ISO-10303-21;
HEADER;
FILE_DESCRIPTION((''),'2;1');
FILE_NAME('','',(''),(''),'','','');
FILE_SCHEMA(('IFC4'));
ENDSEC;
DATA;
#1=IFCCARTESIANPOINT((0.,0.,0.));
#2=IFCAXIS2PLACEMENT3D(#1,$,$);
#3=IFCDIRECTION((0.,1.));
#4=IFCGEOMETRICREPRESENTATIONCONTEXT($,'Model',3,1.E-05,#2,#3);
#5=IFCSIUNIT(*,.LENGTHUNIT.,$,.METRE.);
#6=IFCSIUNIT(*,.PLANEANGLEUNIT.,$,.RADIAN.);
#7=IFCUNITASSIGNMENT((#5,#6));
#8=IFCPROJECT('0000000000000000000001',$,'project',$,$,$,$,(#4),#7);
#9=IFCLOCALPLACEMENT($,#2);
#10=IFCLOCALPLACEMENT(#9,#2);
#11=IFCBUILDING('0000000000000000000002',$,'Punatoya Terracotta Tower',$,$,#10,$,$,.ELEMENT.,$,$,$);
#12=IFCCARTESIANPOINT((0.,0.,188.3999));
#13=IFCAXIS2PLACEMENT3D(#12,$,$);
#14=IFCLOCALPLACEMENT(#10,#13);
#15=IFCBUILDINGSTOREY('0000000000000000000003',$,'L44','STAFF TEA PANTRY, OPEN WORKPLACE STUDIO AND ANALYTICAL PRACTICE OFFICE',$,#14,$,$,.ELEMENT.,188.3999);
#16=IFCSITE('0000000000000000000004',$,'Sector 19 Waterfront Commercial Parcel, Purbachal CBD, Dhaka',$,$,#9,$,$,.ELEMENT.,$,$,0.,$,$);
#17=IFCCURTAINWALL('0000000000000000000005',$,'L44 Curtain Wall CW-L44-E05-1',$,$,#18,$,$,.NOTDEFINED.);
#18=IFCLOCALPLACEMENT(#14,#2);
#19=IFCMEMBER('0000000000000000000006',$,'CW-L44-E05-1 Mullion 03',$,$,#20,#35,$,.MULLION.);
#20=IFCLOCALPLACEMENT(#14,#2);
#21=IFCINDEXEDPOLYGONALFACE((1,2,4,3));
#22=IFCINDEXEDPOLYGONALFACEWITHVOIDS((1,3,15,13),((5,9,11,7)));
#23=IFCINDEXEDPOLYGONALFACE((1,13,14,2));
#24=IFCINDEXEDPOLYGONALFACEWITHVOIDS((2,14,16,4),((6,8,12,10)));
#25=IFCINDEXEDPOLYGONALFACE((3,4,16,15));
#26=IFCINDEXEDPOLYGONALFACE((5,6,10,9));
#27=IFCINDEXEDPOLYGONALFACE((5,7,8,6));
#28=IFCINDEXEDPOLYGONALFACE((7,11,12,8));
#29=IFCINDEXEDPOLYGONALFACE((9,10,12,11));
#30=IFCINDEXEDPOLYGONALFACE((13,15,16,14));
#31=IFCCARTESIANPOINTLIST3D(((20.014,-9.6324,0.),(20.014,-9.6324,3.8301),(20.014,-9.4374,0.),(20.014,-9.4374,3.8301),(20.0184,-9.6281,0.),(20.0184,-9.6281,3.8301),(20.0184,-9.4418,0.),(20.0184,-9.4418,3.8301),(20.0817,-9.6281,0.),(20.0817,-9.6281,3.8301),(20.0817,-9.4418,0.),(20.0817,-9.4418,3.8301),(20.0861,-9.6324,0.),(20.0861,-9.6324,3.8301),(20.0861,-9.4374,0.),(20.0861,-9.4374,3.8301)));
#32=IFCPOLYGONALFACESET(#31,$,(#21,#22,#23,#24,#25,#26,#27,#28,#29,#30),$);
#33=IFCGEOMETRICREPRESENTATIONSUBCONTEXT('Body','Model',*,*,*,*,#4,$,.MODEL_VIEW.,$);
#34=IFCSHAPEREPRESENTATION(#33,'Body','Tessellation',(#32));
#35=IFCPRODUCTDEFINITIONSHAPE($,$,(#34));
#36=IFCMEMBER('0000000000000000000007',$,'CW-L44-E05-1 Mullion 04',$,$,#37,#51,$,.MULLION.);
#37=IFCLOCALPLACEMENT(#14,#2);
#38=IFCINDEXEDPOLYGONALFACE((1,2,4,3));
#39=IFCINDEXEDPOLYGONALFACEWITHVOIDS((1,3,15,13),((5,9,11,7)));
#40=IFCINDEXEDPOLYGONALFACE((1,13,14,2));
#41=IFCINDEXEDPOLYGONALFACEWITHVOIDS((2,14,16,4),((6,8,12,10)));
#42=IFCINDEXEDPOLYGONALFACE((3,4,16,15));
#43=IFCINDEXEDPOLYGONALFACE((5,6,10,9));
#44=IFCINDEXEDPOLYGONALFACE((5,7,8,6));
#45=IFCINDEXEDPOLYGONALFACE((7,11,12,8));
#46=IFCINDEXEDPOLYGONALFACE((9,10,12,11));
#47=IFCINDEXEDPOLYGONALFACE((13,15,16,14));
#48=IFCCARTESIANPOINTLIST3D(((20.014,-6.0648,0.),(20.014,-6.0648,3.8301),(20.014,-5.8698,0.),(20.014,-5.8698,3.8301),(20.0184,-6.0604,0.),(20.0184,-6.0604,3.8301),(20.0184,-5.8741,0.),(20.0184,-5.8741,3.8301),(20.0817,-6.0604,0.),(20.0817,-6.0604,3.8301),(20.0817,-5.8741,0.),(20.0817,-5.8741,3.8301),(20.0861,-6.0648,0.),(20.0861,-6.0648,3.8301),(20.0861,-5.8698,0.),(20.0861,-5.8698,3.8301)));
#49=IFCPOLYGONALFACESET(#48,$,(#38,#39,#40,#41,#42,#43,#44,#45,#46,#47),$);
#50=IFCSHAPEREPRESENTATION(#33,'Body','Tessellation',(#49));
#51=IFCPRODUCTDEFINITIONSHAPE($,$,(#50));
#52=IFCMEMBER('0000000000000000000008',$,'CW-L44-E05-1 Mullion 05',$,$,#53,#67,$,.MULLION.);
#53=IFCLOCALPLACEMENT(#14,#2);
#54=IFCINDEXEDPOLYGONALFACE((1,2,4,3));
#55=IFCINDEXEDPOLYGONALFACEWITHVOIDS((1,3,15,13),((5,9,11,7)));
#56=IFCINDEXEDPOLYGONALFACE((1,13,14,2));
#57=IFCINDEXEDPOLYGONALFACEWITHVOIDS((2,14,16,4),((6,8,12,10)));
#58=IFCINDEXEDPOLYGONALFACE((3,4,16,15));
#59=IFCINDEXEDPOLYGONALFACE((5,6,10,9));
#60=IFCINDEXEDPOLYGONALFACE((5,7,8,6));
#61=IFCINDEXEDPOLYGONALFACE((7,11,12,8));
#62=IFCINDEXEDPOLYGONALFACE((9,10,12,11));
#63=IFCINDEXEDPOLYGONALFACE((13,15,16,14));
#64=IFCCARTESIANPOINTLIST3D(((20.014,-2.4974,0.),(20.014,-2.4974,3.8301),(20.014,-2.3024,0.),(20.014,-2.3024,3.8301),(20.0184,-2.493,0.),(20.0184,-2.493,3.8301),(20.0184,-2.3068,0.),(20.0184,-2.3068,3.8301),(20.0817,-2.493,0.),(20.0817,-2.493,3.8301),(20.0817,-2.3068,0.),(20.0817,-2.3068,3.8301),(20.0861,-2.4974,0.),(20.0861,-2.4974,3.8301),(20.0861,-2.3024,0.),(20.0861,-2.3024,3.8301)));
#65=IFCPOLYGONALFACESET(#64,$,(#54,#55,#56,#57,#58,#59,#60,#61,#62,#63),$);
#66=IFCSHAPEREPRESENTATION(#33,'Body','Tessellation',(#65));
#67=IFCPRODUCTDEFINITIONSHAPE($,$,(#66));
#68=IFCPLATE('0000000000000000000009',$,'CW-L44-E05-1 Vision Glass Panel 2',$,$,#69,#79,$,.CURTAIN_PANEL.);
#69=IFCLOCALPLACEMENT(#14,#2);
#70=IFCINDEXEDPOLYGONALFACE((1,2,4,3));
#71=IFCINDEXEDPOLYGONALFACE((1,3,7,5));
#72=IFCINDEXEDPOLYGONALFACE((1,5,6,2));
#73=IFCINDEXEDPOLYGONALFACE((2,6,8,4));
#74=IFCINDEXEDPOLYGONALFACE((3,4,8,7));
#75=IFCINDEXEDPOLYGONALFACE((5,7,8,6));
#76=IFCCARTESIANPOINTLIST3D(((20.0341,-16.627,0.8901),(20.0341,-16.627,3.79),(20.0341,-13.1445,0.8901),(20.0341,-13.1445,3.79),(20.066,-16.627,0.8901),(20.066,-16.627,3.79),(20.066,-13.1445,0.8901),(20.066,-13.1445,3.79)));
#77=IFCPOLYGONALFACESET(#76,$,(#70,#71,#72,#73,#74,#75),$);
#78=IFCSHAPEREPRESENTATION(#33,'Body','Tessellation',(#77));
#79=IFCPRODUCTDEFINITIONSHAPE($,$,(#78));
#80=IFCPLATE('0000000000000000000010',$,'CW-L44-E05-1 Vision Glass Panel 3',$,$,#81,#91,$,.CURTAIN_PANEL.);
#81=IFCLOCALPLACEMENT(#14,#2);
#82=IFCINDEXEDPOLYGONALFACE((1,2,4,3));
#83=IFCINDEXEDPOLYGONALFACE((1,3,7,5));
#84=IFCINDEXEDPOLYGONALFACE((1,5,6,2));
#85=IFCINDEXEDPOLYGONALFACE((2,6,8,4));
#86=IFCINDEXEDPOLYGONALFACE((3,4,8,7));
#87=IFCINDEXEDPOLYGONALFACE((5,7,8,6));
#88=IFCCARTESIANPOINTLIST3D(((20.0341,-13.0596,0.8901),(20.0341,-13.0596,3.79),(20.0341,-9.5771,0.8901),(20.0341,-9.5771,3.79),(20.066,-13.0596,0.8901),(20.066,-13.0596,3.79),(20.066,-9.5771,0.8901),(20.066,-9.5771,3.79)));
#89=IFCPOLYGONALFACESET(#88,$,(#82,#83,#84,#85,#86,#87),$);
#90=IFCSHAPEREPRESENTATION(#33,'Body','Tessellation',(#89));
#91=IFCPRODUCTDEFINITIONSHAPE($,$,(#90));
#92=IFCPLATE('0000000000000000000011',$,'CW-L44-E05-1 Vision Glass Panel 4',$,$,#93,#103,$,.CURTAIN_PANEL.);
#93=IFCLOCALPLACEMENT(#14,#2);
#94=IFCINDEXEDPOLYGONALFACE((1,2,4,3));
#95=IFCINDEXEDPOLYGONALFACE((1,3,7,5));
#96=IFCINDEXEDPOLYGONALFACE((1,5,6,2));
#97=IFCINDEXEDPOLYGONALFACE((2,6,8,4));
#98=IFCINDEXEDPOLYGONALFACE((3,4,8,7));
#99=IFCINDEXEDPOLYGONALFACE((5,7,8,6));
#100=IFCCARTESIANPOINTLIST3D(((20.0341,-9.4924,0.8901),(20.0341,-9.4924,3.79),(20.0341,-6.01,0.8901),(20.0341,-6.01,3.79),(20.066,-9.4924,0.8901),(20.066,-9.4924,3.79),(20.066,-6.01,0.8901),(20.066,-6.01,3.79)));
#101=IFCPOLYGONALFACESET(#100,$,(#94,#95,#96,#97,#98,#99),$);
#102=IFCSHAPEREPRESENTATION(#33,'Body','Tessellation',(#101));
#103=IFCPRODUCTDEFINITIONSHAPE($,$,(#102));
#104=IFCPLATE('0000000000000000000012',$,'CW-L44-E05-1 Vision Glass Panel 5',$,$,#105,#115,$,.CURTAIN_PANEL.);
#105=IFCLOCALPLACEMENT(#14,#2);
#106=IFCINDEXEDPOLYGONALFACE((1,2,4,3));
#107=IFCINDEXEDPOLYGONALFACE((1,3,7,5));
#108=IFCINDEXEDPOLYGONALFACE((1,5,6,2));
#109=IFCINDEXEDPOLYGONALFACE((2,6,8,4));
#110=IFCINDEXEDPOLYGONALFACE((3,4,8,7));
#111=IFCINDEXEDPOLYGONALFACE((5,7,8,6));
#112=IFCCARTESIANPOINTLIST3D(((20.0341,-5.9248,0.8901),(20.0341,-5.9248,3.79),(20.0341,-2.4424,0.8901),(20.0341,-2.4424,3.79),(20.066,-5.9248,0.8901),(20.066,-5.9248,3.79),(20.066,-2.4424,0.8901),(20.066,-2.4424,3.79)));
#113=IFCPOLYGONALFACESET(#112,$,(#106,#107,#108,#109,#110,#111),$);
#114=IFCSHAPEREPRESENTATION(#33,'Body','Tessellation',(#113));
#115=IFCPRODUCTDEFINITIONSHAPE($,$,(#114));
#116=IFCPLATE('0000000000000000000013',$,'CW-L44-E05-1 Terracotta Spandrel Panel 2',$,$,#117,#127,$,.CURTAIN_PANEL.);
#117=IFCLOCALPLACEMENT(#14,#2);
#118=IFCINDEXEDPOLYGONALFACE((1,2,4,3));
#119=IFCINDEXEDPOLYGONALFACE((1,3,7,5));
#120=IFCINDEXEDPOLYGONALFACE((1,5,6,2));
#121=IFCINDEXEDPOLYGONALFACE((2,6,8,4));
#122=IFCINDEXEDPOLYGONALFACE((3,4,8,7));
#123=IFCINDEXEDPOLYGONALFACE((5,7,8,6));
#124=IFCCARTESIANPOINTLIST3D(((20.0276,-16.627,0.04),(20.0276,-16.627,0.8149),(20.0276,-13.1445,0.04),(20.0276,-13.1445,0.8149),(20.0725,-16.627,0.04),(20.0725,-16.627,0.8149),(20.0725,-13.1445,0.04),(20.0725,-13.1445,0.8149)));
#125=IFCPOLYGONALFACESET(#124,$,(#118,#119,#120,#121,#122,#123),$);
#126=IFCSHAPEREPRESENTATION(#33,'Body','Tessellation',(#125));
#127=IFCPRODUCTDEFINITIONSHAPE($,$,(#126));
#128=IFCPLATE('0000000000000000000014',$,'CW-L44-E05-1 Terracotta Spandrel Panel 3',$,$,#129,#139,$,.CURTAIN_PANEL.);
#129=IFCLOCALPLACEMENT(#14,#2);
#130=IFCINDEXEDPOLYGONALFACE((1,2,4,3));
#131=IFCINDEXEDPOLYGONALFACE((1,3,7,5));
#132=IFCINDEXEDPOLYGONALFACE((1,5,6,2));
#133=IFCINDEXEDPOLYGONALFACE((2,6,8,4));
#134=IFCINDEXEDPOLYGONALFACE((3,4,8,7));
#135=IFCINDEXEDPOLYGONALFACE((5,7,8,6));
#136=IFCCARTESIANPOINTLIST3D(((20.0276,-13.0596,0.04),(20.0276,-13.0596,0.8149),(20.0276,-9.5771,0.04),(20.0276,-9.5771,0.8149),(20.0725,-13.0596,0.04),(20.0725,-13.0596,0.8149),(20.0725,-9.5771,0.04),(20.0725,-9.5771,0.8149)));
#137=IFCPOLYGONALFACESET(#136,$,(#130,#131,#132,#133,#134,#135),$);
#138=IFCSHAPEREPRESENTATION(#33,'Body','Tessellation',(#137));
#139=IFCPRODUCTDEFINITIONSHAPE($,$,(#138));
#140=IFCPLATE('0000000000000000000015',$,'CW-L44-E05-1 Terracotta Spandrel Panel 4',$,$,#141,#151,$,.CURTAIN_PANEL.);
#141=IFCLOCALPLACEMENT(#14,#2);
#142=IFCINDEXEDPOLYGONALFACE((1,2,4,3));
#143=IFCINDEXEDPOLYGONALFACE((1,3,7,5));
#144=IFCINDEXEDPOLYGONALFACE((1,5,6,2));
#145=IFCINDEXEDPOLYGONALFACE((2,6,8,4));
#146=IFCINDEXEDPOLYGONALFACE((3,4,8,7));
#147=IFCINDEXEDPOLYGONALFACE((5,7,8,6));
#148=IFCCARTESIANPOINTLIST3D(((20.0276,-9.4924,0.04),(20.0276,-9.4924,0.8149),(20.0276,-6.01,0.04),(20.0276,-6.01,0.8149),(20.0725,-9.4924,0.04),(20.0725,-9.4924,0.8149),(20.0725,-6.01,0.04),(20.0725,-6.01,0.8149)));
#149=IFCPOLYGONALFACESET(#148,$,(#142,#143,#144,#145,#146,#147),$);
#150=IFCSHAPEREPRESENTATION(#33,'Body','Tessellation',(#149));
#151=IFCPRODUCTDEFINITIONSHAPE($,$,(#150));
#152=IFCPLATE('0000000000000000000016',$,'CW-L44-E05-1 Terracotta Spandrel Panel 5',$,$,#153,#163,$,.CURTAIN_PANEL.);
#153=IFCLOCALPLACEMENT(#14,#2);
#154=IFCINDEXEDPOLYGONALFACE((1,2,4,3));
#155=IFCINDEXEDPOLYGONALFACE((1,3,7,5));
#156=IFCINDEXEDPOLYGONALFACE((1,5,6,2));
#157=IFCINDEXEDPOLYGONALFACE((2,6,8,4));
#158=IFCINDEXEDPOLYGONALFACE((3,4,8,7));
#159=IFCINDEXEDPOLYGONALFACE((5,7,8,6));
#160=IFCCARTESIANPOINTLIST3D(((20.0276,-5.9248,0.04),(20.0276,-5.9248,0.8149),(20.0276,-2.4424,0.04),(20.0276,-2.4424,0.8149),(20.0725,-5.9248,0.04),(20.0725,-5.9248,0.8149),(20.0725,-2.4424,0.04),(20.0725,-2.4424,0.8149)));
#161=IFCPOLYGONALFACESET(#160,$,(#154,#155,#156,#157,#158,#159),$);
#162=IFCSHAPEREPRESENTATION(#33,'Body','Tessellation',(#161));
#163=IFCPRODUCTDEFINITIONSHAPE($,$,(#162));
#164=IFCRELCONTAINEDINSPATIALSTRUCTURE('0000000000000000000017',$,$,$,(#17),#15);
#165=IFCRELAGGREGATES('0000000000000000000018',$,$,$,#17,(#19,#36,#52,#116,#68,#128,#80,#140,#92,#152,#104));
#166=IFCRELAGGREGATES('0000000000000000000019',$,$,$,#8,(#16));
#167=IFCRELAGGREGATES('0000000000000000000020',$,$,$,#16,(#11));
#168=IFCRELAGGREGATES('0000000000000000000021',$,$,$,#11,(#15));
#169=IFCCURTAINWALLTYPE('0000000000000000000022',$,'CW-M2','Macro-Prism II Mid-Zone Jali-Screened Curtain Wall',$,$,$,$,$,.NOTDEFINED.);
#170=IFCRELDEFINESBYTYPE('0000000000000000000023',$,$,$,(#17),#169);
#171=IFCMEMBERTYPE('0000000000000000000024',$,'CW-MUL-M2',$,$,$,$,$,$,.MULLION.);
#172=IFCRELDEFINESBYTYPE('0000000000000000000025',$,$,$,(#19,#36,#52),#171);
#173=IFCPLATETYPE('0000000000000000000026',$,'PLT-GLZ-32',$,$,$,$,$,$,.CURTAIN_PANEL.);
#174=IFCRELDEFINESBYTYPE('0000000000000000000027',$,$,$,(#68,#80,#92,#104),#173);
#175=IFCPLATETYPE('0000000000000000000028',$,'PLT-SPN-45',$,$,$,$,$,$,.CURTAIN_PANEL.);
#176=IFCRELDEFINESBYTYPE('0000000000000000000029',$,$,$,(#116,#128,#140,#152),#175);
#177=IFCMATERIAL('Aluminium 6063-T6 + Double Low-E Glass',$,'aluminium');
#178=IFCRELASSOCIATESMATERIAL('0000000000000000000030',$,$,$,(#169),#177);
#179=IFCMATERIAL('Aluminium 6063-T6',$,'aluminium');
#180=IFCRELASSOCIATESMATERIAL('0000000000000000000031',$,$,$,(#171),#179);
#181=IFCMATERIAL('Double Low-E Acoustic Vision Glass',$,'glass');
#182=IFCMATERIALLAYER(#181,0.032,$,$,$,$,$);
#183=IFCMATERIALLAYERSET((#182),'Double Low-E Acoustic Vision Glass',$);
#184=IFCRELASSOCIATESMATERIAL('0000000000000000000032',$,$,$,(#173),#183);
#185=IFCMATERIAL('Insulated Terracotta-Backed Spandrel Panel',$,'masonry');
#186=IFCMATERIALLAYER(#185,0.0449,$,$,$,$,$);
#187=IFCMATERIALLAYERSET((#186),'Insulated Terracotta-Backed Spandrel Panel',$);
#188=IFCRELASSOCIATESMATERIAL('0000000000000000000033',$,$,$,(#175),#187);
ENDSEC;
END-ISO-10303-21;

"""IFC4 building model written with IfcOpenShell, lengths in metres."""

from ifc_helpers import new_model, si_unit, direction, frame, origin, origin_2d, place, context, subcontext, project, spatial, rectangle, hollow_rectangle, extrude, material, layer, layer_set, material_profile, profile_set, type_object, element, aggregate, save


model = new_model("IFC4")

# Units and contexts
model_context = context("Model", 3, precision=1e-05, world=origin(), true_north=direction((0.0, 1.0)))
body_context = subcontext(model_context, "Body", "Model", "MODEL_VIEW")
ifc_project = project(units=[si_unit("LENGTHUNIT", "METRE"), si_unit("PLANEANGLEUNIT", "RADIAN")], contexts=[model_context])

# Site, building, storey
site_placement = place(None, origin())
site = spatial("IfcSite", under=ifc_project, at=site_placement, Name="Sector 19 Waterfront Commercial Parcel, Purbachal CBD, Dhaka", CompositionType="ELEMENT", RefElevation=0.0)
building_placement = place(site_placement, origin())
building = spatial("IfcBuilding", under=site, at=building_placement, Name="Punatoya Terracotta Tower", CompositionType="ELEMENT")
storey_placement = place(building_placement, frame((0.0, 0.0, 188.3999)))
storey = spatial("IfcBuildingStorey", under=building, at=storey_placement, Name="L44", Description="STAFF TEA PANTRY, OPEN WORKPLACE STUDIO AND ANALYTICAL PRACTICE OFFICE", CompositionType="ELEMENT", Elevation=188.3999)

# Curtain wall, members, plates
ifc_material_1 = material(Name="Aluminium 6063-T6 + Double Low-E Glass", Category="aluminium")
curtain_wall_type = type_object("IfcCurtainWallType", Name="CW-M2", Description="Macro-Prism II Mid-Zone Jali-Screened Curtain Wall", PredefinedType="NOTDEFINED", material=ifc_material_1)
curtain_wall_placement = place(storey_placement, origin())
curtain_wall = element("IfcCurtainWall", 1, at=curtain_wall_placement, inside=storey, type_object=curtain_wall_type, Name="L44 Curtain Wall CW-L44-E05-1", PredefinedType="NOTDEFINED")
ifc_material_2 = material(Name="Aluminium 6063-T6", Category="aluminium")
ifc_material_profile_1 = material_profile(ifc_material_2, hollow_rectangle(XDim=0.072, YDim=0.1951, WallThickness=0.0044, at=origin_2d()))
ifc_profile_set_1 = profile_set([ifc_material_profile_1], Name="Aluminium 6063-T6")
member_type = type_object("IfcMemberType", Name="CW-MUL-M2", PredefinedType="MULLION", material=ifc_profile_set_1)
member_1_placement = place(storey_placement, frame((20.05, -9.5349, 0.0), z_axis=(0.0, 0.0, 1.0), x_axis=(1.0, 0.0, 0.0)))
member_1 = element("IfcMember", 2, at=member_1_placement, type_object=member_type, Name="CW-L44-E05-1 Mullion 03", PredefinedType="MULLION", context=body_context, shape_type="SweptSolid", body=[
    extrude(hollow_rectangle(XDim=0.072, YDim=0.1951, WallThickness=0.0044, at=origin_2d()), origin(), (0.0, 0.0, 1.0), 3.8301),
])
member_2_placement = place(storey_placement, frame((20.05, -5.9673, 0.0), z_axis=(0.0, 0.0, 1.0), x_axis=(1.0, 0.0, 0.0)))
member_2 = element("IfcMember", 3, at=member_2_placement, type_object=member_type, Name="CW-L44-E05-1 Mullion 04", PredefinedType="MULLION", context=body_context, shape_type="SweptSolid", body=[
    extrude(hollow_rectangle(XDim=0.072, YDim=0.1951, WallThickness=0.0044, at=origin_2d()), origin(), (0.0, 0.0, 1.0), 3.8301),
])
member_3_placement = place(storey_placement, frame((20.05, -2.3999, 0.0), z_axis=(0.0, 0.0, 1.0), x_axis=(1.0, 0.0, 0.0)))
member_3 = element("IfcMember", 4, at=member_3_placement, type_object=member_type, Name="CW-L44-E05-1 Mullion 05", PredefinedType="MULLION", context=body_context, shape_type="SweptSolid", body=[
    extrude(hollow_rectangle(XDim=0.072, YDim=0.1951, WallThickness=0.0044, at=origin_2d()), origin(), (0.0, 0.0, 1.0), 3.8301),
])
ifc_material_3 = material(Name="Double Low-E Acoustic Vision Glass", Category="glass")
ifc_layer_1 = layer(ifc_material_3, 0.032)
ifc_layer_set_1 = layer_set([ifc_layer_1], Name="Double Low-E Acoustic Vision Glass")
plate_type_1 = type_object("IfcPlateType", Name="PLT-GLZ-32", PredefinedType="CURTAIN_PANEL", material=ifc_layer_set_1)
plate_1_placement = place(storey_placement, frame((20.05, -14.8857, 0.8901), z_axis=(0.0, 0.0, 1.0), x_axis=(0.0, 1.0, 0.0)))
plate_1 = element("IfcPlate", 5, at=plate_1_placement, type_object=plate_type_1, Name="CW-L44-E05-1 Vision Glass Panel 2", PredefinedType="CURTAIN_PANEL", context=body_context, shape_type="SweptSolid", body=[
    extrude(rectangle(XDim=3.4824, YDim=0.032, at=origin_2d()), origin(), (0.0, 0.0, 1.0), 2.8999),
])
plate_2_placement = place(storey_placement, frame((20.05, -11.3184, 0.8901), z_axis=(0.0, 0.0, 1.0), x_axis=(0.0, 1.0, 0.0)))
plate_2 = element("IfcPlate", 6, at=plate_2_placement, type_object=plate_type_1, Name="CW-L44-E05-1 Vision Glass Panel 3", PredefinedType="CURTAIN_PANEL", context=body_context, shape_type="SweptSolid", body=[
    extrude(rectangle(XDim=3.4824, YDim=0.032, at=origin_2d()), origin(), (0.0, 0.0, 1.0), 2.8999),
])
plate_3_placement = place(storey_placement, frame((20.05, -7.7512, 0.8901), z_axis=(0.0, 0.0, 1.0), x_axis=(0.0, 1.0, 0.0)))
plate_3 = element("IfcPlate", 7, at=plate_3_placement, type_object=plate_type_1, Name="CW-L44-E05-1 Vision Glass Panel 4", PredefinedType="CURTAIN_PANEL", context=body_context, shape_type="SweptSolid", body=[
    extrude(rectangle(XDim=3.4824, YDim=0.032, at=origin_2d()), origin(), (0.0, 0.0, 1.0), 2.8999),
])
plate_4_placement = place(storey_placement, frame((20.05, -4.1836, 0.8901), z_axis=(0.0, 0.0, 1.0), x_axis=(0.0, 1.0, 0.0)))
plate_4 = element("IfcPlate", 8, at=plate_4_placement, type_object=plate_type_1, Name="CW-L44-E05-1 Vision Glass Panel 5", PredefinedType="CURTAIN_PANEL", context=body_context, shape_type="SweptSolid", body=[
    extrude(rectangle(XDim=3.4824, YDim=0.032, at=origin_2d()), origin(), (0.0, 0.0, 1.0), 2.8999),
])
ifc_material_4 = material(Name="Insulated Terracotta-Backed Spandrel Panel", Category="masonry")
ifc_layer_2 = layer(ifc_material_4, 0.0449)
ifc_layer_set_2 = layer_set([ifc_layer_2], Name="Insulated Terracotta-Backed Spandrel Panel")
plate_type_2 = type_object("IfcPlateType", Name="PLT-SPN-45", PredefinedType="CURTAIN_PANEL", material=ifc_layer_set_2)
plate_5_placement = place(storey_placement, frame((20.05, -14.8857, 0.04), z_axis=(0.0, 0.0, 1.0), x_axis=(0.0, 1.0, 0.0)))
plate_5 = element("IfcPlate", 9, at=plate_5_placement, type_object=plate_type_2, Name="CW-L44-E05-1 Terracotta Spandrel Panel 2", PredefinedType="CURTAIN_PANEL", context=body_context, shape_type="SweptSolid", body=[
    extrude(rectangle(XDim=3.4824, YDim=0.0449, at=origin_2d()), origin(), (0.0, 0.0, 1.0), 0.7749),
])
plate_6_placement = place(storey_placement, frame((20.05, -11.3184, 0.04), z_axis=(0.0, 0.0, 1.0), x_axis=(0.0, 1.0, 0.0)))
plate_6 = element("IfcPlate", 10, at=plate_6_placement, type_object=plate_type_2, Name="CW-L44-E05-1 Terracotta Spandrel Panel 3", PredefinedType="CURTAIN_PANEL", context=body_context, shape_type="SweptSolid", body=[
    extrude(rectangle(XDim=3.4824, YDim=0.0449, at=origin_2d()), origin(), (0.0, 0.0, 1.0), 0.7749),
])
plate_7_placement = place(storey_placement, frame((20.05, -7.7512, 0.04), z_axis=(0.0, 0.0, 1.0), x_axis=(0.0, 1.0, 0.0)))
plate_7 = element("IfcPlate", 11, at=plate_7_placement, type_object=plate_type_2, Name="CW-L44-E05-1 Terracotta Spandrel Panel 4", PredefinedType="CURTAIN_PANEL", context=body_context, shape_type="SweptSolid", body=[
    extrude(rectangle(XDim=3.4824, YDim=0.0449, at=origin_2d()), origin(), (0.0, 0.0, 1.0), 0.7749),
])
plate_8_placement = place(storey_placement, frame((20.05, -4.1836, 0.04), z_axis=(0.0, 0.0, 1.0), x_axis=(0.0, 1.0, 0.0)))
plate_8 = element("IfcPlate", 12, at=plate_8_placement, type_object=plate_type_2, Name="CW-L44-E05-1 Terracotta Spandrel Panel 5", PredefinedType="CURTAIN_PANEL", context=body_context, shape_type="SweptSolid", body=[
    extrude(rectangle(XDim=3.4824, YDim=0.0449, at=origin_2d()), origin(), (0.0, 0.0, 1.0), 0.7749),
])
aggregate(curtain_wall, [member_1, member_2, member_3, plate_5, plate_1, plate_6, plate_2, plate_7, plate_3, plate_8, plate_4])

save(model, "model.ifc")
